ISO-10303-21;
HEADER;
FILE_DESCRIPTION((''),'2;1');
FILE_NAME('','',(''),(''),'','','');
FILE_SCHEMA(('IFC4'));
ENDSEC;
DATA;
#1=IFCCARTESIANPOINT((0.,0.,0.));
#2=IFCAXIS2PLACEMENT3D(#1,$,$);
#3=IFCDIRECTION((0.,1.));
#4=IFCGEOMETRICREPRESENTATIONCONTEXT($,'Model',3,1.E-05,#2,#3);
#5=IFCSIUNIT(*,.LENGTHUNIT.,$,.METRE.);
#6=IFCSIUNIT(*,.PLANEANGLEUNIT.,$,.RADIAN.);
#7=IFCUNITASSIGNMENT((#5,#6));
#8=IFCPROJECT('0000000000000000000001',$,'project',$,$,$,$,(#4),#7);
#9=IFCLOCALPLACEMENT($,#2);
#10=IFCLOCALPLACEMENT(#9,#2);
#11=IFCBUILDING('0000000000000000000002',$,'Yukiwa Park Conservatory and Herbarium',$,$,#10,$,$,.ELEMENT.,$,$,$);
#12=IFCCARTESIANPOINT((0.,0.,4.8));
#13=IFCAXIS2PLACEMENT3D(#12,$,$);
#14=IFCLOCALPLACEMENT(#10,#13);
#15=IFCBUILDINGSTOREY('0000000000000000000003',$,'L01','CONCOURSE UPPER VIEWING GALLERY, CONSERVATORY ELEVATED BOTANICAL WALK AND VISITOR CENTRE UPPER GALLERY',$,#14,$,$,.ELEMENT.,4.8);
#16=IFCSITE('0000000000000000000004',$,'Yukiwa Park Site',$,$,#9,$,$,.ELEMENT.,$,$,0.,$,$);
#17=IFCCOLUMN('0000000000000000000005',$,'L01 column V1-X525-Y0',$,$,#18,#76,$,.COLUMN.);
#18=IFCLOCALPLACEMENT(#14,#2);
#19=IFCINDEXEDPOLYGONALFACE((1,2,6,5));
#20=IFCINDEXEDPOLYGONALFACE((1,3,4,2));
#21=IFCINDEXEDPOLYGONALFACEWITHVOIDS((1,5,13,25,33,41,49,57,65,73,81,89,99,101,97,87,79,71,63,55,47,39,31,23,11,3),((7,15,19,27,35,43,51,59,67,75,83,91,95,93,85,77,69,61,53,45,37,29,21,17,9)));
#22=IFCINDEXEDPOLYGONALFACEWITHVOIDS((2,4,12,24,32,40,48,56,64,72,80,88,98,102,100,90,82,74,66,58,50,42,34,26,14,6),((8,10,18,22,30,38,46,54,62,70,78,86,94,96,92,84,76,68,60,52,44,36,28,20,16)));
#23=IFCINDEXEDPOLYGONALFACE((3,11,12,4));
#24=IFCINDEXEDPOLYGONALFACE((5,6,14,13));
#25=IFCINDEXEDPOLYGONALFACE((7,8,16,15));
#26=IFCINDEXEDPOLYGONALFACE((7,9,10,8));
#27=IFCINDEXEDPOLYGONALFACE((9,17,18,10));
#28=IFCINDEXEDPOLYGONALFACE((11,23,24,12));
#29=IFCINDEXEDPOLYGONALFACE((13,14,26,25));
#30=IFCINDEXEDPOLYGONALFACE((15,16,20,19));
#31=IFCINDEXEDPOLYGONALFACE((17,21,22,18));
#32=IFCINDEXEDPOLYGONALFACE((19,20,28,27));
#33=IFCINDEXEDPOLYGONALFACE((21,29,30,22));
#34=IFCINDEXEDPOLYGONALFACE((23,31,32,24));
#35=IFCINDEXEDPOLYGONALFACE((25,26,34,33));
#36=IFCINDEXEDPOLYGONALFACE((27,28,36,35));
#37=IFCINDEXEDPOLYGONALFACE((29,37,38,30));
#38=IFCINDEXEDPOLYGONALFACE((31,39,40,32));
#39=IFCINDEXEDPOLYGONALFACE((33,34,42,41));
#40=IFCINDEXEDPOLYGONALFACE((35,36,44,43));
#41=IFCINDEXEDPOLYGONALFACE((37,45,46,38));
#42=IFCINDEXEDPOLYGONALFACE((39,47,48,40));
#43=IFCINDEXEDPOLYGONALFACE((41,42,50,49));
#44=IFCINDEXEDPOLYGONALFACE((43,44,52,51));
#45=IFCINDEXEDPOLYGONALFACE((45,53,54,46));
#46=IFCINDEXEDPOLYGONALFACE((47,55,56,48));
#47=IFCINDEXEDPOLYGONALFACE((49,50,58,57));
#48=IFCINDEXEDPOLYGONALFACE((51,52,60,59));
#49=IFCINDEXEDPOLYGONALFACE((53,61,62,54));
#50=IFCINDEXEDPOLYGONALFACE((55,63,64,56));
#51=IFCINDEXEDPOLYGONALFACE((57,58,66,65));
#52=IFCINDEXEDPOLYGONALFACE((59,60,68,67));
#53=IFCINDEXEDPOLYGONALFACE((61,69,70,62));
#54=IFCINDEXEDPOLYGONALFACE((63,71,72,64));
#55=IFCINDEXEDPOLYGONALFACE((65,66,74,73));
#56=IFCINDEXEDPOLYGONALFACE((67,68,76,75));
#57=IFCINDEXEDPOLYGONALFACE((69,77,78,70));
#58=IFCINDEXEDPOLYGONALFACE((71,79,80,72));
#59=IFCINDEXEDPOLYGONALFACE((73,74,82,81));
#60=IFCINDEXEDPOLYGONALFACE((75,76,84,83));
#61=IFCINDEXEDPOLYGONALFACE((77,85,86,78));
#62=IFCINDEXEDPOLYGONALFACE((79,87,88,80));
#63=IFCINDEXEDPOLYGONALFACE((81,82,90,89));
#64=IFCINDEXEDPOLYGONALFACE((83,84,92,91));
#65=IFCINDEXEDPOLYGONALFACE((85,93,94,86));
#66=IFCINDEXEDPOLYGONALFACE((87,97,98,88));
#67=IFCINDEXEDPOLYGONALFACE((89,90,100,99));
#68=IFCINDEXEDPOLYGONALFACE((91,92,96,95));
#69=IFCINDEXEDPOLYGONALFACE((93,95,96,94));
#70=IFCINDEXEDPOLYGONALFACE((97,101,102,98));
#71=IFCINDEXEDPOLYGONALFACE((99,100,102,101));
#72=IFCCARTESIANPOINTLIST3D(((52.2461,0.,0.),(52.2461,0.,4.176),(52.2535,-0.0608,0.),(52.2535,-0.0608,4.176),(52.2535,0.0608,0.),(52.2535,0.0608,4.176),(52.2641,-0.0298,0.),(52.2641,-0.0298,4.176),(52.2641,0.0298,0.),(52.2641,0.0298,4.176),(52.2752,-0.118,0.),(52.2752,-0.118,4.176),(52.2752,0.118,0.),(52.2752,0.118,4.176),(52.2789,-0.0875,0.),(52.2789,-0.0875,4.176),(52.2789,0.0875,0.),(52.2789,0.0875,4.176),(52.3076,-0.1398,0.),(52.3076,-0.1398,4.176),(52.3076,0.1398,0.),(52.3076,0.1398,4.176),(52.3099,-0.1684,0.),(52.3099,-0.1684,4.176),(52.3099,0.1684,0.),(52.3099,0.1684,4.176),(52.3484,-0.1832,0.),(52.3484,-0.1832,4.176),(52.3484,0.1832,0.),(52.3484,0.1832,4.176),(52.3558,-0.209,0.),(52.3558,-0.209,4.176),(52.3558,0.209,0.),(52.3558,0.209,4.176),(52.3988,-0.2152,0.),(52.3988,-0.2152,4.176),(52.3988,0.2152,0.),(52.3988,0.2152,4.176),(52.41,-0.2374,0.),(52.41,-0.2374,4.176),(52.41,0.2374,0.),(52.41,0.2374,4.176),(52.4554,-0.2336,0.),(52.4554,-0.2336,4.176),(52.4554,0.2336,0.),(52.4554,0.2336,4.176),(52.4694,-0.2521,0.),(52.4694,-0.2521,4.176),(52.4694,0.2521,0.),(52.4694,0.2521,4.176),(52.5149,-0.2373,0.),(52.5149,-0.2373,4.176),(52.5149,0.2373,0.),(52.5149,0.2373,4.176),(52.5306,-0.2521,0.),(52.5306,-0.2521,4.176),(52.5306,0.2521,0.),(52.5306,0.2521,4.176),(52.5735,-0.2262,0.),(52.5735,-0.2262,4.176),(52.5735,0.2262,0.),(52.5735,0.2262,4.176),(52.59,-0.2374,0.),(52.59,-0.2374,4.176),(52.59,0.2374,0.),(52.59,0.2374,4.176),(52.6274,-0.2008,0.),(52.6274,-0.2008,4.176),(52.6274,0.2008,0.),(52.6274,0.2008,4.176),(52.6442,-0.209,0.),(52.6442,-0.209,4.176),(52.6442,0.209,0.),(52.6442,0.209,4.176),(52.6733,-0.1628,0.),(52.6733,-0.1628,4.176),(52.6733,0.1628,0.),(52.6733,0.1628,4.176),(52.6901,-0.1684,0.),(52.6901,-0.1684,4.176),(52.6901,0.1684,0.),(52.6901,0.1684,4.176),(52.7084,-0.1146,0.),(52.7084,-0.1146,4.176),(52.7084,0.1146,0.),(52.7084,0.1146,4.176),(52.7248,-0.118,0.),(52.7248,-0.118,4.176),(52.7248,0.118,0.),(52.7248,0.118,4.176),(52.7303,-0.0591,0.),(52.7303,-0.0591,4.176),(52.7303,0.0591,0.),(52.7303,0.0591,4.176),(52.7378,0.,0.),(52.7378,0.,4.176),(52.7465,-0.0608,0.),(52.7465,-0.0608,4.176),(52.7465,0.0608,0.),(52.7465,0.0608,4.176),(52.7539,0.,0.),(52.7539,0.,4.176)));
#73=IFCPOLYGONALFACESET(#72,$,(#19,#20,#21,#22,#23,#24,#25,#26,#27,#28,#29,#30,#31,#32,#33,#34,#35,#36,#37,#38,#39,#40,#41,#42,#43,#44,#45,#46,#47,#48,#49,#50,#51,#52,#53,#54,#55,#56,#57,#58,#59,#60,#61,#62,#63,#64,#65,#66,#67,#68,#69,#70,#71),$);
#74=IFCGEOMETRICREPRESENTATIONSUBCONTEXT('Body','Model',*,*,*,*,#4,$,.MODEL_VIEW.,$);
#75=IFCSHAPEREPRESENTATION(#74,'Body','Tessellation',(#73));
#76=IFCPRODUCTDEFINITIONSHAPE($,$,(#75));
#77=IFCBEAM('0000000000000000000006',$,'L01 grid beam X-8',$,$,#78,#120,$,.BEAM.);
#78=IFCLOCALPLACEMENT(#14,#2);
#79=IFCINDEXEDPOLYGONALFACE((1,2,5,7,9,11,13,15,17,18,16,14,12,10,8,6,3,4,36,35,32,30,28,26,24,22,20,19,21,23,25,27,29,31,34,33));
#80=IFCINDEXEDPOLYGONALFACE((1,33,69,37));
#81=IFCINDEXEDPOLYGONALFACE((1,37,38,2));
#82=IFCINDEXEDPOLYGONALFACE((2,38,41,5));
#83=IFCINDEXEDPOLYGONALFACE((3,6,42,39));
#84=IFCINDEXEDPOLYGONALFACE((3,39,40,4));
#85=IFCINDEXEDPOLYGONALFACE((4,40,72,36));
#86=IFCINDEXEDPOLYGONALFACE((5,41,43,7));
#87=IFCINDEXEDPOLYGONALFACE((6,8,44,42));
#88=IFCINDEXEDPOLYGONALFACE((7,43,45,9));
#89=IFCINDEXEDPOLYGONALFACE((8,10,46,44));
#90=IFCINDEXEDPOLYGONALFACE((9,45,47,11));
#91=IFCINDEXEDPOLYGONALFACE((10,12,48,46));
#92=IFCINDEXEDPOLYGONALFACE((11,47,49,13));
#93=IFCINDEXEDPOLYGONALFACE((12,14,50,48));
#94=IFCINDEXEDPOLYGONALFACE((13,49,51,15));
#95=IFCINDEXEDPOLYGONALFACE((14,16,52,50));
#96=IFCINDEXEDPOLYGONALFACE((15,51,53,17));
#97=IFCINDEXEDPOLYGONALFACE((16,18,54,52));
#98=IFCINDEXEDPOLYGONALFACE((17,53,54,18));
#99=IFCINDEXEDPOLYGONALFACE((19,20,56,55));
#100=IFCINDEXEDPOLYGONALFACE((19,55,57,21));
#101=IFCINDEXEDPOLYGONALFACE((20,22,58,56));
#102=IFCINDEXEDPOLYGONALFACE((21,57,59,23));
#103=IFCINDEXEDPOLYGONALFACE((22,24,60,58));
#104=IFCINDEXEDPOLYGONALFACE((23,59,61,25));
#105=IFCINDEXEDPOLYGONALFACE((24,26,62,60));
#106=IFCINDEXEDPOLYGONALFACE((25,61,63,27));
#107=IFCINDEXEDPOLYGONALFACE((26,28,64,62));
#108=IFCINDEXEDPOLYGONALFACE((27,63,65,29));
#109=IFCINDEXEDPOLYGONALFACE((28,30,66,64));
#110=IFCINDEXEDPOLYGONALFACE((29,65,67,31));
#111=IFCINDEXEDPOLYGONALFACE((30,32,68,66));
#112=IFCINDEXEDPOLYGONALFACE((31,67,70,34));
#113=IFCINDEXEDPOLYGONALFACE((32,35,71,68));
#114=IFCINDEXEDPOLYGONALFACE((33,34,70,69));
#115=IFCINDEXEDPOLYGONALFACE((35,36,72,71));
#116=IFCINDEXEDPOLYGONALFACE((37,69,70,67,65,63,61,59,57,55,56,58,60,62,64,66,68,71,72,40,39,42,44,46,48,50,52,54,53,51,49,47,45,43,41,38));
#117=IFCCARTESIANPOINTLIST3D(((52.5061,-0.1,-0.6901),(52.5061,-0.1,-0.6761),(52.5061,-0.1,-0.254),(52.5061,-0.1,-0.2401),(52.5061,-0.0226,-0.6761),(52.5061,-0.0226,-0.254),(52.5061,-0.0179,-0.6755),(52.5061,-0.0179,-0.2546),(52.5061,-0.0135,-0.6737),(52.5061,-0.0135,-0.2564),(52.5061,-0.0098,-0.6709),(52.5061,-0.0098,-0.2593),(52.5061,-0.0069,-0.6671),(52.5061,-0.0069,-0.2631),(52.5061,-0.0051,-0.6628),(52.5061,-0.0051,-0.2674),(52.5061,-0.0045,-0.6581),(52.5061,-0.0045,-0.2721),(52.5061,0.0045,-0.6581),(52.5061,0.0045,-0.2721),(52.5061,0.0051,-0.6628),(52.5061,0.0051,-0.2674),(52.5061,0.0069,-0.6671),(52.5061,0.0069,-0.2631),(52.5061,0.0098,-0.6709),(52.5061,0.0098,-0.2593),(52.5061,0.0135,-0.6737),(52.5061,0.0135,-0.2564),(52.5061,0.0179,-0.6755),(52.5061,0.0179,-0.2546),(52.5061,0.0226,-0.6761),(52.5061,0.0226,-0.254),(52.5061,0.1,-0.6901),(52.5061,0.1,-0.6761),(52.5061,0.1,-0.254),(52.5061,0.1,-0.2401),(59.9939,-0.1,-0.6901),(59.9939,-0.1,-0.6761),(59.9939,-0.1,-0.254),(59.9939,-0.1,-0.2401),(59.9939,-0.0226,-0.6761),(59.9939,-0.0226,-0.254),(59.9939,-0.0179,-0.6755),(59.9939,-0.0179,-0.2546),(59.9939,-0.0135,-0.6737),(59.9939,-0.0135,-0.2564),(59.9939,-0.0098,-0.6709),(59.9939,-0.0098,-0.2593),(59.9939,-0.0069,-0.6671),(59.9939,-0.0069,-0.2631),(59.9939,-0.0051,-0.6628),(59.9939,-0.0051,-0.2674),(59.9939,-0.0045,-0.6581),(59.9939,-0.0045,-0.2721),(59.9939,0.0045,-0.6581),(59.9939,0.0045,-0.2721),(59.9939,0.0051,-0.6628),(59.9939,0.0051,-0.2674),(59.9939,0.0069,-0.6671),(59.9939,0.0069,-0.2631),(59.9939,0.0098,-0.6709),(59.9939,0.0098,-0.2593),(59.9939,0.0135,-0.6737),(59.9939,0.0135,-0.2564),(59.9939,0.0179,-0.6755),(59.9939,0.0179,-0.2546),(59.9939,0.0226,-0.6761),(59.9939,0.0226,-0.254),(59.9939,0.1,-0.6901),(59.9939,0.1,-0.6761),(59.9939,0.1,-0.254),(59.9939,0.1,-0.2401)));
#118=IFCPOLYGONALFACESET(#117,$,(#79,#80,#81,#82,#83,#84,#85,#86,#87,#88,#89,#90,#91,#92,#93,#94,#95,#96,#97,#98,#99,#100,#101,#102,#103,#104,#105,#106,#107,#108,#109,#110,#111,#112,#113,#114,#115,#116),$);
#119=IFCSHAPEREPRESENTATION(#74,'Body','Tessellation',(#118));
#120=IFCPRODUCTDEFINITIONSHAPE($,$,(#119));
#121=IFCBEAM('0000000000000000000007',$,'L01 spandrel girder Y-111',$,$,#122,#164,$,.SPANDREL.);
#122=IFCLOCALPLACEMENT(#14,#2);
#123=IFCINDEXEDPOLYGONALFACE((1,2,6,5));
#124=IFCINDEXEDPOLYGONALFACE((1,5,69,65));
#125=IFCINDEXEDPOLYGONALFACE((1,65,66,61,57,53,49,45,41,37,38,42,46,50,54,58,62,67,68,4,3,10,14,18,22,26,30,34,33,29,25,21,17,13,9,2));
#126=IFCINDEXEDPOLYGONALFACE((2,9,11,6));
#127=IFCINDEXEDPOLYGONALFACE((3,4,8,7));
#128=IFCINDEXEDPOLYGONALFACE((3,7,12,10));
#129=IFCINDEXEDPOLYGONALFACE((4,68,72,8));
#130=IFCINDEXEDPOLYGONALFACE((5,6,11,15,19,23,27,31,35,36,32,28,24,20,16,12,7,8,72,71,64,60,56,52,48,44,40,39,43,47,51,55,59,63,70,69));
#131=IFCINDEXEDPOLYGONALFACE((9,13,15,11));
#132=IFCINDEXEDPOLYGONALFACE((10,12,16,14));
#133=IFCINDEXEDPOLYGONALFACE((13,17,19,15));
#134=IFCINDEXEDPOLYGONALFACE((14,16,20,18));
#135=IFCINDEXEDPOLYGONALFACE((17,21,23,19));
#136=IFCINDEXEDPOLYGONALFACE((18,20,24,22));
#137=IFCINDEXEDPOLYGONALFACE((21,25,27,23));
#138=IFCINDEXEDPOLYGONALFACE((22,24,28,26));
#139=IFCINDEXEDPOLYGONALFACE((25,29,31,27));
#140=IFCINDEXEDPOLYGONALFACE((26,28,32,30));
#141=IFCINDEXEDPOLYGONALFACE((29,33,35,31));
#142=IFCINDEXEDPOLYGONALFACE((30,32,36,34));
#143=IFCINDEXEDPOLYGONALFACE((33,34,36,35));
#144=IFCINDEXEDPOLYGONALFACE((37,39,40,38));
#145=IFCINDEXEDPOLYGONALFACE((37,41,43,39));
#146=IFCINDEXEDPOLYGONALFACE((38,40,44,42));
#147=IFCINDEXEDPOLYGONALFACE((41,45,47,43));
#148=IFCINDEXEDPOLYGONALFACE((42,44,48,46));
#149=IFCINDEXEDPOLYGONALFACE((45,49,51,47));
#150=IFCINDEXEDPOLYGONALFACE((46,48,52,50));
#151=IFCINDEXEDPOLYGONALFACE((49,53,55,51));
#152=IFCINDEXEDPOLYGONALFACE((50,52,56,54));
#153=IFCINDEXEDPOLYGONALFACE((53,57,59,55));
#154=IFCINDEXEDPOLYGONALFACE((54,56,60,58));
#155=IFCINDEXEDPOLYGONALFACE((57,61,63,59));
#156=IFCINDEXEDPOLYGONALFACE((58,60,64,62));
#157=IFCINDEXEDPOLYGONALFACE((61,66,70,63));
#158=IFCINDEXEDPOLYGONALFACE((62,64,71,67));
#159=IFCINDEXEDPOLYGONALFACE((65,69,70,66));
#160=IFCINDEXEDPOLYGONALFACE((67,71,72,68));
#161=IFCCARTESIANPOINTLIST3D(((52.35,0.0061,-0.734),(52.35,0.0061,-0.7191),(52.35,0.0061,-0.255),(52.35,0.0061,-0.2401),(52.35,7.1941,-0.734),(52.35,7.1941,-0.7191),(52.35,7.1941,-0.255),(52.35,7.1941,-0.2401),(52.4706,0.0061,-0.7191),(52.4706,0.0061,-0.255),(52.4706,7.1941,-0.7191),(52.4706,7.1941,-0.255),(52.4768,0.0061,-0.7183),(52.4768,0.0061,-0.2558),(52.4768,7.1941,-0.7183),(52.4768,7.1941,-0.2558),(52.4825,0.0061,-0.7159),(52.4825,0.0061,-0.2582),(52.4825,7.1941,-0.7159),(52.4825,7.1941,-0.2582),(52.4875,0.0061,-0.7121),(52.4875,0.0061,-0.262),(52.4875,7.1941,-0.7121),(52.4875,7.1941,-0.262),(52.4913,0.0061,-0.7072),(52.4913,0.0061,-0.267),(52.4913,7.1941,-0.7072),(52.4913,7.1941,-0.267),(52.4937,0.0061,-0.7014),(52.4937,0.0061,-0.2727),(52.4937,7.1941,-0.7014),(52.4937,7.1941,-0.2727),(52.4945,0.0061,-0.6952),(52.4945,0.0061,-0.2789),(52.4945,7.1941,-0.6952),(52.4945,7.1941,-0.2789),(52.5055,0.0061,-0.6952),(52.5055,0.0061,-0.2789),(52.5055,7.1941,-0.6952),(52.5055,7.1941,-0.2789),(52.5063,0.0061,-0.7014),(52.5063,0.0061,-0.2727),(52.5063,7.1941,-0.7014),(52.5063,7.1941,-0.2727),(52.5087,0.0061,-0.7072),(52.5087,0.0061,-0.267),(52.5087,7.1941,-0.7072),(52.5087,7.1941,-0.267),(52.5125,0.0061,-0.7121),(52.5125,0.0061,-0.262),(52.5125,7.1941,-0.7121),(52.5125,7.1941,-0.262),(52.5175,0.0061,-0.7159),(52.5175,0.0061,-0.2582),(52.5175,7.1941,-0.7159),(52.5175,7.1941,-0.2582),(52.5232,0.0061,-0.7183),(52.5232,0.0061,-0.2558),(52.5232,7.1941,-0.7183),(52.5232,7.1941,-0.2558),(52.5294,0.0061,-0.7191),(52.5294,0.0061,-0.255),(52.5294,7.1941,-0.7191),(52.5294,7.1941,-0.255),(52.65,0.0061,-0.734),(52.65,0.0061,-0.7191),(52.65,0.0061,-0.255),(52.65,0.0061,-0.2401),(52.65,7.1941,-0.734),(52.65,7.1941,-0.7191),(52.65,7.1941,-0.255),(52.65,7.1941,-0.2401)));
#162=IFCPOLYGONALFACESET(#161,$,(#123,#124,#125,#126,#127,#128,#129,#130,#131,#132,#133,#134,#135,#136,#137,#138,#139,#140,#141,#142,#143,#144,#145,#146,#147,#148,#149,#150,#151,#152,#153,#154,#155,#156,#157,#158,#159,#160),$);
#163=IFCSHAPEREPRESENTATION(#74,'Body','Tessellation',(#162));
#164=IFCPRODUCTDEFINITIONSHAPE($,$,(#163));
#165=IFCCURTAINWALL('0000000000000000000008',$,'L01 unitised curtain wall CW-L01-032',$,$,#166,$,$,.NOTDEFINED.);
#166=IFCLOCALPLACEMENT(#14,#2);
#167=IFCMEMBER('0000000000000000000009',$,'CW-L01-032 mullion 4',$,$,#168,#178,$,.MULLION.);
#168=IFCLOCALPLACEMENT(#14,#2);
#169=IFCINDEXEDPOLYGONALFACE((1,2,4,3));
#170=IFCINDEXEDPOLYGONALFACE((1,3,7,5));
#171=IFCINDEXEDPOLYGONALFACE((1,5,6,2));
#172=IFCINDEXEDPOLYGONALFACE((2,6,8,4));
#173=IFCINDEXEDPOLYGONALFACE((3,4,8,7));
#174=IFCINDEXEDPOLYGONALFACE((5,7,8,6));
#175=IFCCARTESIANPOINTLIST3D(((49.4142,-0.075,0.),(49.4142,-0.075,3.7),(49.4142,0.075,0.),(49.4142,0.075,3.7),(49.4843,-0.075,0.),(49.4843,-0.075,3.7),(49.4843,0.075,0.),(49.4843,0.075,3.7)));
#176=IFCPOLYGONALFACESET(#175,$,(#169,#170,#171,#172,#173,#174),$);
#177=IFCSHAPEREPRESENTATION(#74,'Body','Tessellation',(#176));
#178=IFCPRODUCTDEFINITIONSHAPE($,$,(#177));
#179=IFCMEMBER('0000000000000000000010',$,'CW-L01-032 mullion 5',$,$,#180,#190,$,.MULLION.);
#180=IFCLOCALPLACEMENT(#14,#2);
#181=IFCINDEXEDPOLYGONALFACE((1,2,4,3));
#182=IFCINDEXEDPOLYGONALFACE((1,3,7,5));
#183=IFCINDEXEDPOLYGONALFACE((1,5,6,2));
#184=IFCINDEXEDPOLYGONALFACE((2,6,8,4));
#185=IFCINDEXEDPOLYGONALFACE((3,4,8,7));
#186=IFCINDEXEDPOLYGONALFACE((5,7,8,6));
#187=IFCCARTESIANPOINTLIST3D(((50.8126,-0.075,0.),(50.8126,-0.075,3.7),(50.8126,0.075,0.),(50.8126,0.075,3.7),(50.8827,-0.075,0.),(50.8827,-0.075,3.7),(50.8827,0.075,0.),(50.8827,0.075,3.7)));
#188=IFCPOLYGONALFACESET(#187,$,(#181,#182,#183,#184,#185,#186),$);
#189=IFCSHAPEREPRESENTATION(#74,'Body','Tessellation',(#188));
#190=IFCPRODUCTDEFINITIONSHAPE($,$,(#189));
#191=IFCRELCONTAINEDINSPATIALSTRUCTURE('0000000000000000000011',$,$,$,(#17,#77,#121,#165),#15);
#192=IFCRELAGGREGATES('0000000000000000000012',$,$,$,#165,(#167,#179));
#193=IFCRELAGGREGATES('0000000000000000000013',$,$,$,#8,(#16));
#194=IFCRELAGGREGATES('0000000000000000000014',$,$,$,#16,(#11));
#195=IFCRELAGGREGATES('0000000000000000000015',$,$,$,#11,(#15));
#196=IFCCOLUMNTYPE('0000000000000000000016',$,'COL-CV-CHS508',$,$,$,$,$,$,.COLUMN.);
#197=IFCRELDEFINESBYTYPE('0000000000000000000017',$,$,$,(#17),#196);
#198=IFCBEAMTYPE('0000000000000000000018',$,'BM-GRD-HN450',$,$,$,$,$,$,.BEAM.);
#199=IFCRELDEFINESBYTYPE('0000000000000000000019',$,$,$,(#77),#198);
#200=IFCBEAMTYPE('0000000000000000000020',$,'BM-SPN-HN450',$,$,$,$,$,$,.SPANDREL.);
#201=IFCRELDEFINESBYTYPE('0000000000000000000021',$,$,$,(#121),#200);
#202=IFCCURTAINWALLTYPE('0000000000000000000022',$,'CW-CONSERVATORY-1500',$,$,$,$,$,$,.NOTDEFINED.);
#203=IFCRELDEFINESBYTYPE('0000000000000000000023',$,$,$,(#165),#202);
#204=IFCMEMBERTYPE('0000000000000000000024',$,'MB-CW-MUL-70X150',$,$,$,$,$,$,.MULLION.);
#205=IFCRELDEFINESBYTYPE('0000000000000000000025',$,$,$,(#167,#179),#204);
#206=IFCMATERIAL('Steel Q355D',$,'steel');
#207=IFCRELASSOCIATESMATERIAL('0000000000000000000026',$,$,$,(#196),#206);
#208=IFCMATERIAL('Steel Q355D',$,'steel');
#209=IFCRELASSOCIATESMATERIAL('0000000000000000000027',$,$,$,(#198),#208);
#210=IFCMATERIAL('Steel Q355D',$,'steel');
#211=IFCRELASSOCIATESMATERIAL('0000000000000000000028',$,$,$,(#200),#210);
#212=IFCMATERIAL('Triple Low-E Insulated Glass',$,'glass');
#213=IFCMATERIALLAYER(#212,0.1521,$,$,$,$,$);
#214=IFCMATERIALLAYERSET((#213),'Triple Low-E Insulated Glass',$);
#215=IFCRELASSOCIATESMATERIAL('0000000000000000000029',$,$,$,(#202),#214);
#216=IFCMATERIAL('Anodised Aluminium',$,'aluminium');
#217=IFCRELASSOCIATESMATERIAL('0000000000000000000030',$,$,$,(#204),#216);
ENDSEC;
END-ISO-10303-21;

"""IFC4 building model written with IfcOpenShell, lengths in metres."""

from ifc_helpers import new_model, si_unit, direction, frame, origin, origin_2d, place, context, subcontext, project, spatial, rectangle, hollow_circle, i_section, extrude, material, layer, layer_set, material_profile, profile_set, type_object, element, aggregate, save


model = new_model("IFC4")

# Units and contexts
model_context = context("Model", 3, precision=1e-05, world=origin(), true_north=direction((0.0, 1.0)))
body_context = subcontext(model_context, "Body", "Model", "MODEL_VIEW")
ifc_project = project(units=[si_unit("LENGTHUNIT", "METRE"), si_unit("PLANEANGLEUNIT", "RADIAN")], contexts=[model_context])

# Site, building, storey
site_placement = place(None, origin())
site = spatial("IfcSite", under=ifc_project, at=site_placement, Name="Yukiwa Park Site", CompositionType="ELEMENT", RefElevation=0.0)
building_placement = place(site_placement, origin())
building = spatial("IfcBuilding", under=site, at=building_placement, Name="Yukiwa Park Conservatory and Herbarium", CompositionType="ELEMENT")
storey_placement = place(building_placement, frame((0.0, 0.0, 4.8)))
storey = spatial("IfcBuildingStorey", under=building, at=storey_placement, Name="L01", Description="CONCOURSE UPPER VIEWING GALLERY, CONSERVATORY ELEVATED BOTANICAL WALK AND VISITOR CENTRE UPPER GALLERY", CompositionType="ELEMENT", Elevation=4.8)

# Column
ifc_material_1 = material(Name="Steel Q355D", Category="steel")
ifc_material_profile_1 = material_profile(ifc_material_1, hollow_circle(Radius=0.2539, WallThickness=0.0161, at=origin_2d()), Name="CHS 508x16")
ifc_profile_set_1 = profile_set([ifc_material_profile_1], Name="Steel Q355D")
column_type = type_object("IfcColumnType", Name="COL-CV-CHS508", PredefinedType="COLUMN", material=ifc_profile_set_1)
column_placement = place(storey_placement, frame((52.5, 0.0, 0.0), z_axis=(0.0, 0.0, 1.0), x_axis=(1.0, 0.0, 0.0)))
element("IfcColumn", 1, at=column_placement, inside=storey, type_object=column_type, Name="L01 column V1-X525-Y0", PredefinedType="COLUMN", context=body_context, shape_type="SweptSolid", body=[
    extrude(hollow_circle(Radius=0.2539, WallThickness=0.0161, at=origin_2d()), origin(), (0.0, 0.0, 1.0), 4.176),
])

# Beams
ifc_material_2 = material(Name="Steel Q355D", Category="steel")
ifc_material_profile_2 = material_profile(ifc_material_2, i_section(OverallWidth=0.2, OverallDepth=0.45, WebThickness=0.009, FlangeThickness=0.0139, FilletRadius=0.0181, at=origin_2d()), Name="HN 450x200x9x14")
ifc_profile_set_2 = profile_set([ifc_material_profile_2], Name="Steel Q355D")
beam_type_1 = type_object("IfcBeamType", Name="BM-GRD-HN450", PredefinedType="BEAM", material=ifc_profile_set_2)
beam_1_placement = place(storey_placement, frame((52.5061, 0.0, -0.4651), z_axis=(1.0, 0.0, 0.0), x_axis=(0.0, 1.0, 0.0)))
element("IfcBeam", 2, at=beam_1_placement, inside=storey, type_object=beam_type_1, Name="L01 grid beam X-8", PredefinedType="BEAM", context=body_context, shape_type="SweptSolid", body=[
    extrude(i_section(OverallWidth=0.2, OverallDepth=0.45, WebThickness=0.009, FlangeThickness=0.0139, FilletRadius=0.0181, at=origin_2d()), origin(), (0.0, 0.0, 1.0), 7.4878),
])
ifc_material_3 = material(Name="Steel Q355D", Category="steel")
ifc_material_profile_3 = material_profile(ifc_material_3, i_section(OverallWidth=0.3, OverallDepth=0.4939, WebThickness=0.011, FlangeThickness=0.0149, FilletRadius=0.0239, at=origin_2d()), Name="HM 494x300x11x15")
ifc_profile_set_3 = profile_set([ifc_material_profile_3], Name="Steel Q355D")
beam_type_2 = type_object("IfcBeamType", Name="BM-SPN-HN450", PredefinedType="SPANDREL", material=ifc_profile_set_3)
beam_2_placement = place(storey_placement, frame((52.5, 0.0061, -0.4871), z_axis=(0.0, 1.0, 0.0), x_axis=(-1.0, 0.0, 0.0)))
element("IfcBeam", 3, at=beam_2_placement, inside=storey, type_object=beam_type_2, Name="L01 spandrel girder Y-111", PredefinedType="SPANDREL", context=body_context, shape_type="SweptSolid", body=[
    extrude(i_section(OverallWidth=0.3, OverallDepth=0.4939, WebThickness=0.011, FlangeThickness=0.0149, FilletRadius=0.0239, at=origin_2d()), origin(), (0.0, 0.0, 1.0), 7.188),
])

# Curtain wall, members
ifc_material_4 = material(Name="Triple Low-E Insulated Glass", Category="glass")
ifc_layer_1 = layer(ifc_material_4, 0.1521)
ifc_layer_set_1 = layer_set([ifc_layer_1], Name="Triple Low-E Insulated Glass")
curtain_wall_type = type_object("IfcCurtainWallType", Name="CW-CONSERVATORY-1500", PredefinedType="NOTDEFINED", material=ifc_layer_set_1)
curtain_wall_1_placement = place(storey_placement, origin())
curtain_wall_1 = element("IfcCurtainWall", 4, at=curtain_wall_1_placement, inside=storey, type_object=curtain_wall_type, Name="L01 unitised curtain wall CW-L01-032", PredefinedType="NOTDEFINED")
ifc_material_5 = material(Name="Anodised Aluminium", Category="aluminium")
member_type_1 = type_object("IfcMemberType", Name="MB-CW-MUL-70X150", PredefinedType="MULLION", material=ifc_material_5)
member_1_placement = place(storey_placement, frame((49.4492, 0.0, 0.0), z_axis=(0.0, 0.0, 1.0), x_axis=(1.0, 0.0, 0.0)))
member_1 = element("IfcMember", 5, at=member_1_placement, type_object=member_type_1, Name="CW-L01-032 mullion 4", PredefinedType="MULLION", context=body_context, shape_type="SweptSolid", body=[
    extrude(rectangle(XDim=0.0701, YDim=0.1499, at=origin_2d()), origin(), (0.0, 0.0, 1.0), 3.7),
])
member_2_placement = place(storey_placement, frame((50.8477, 0.0, 0.0), z_axis=(0.0, 0.0, 1.0), x_axis=(1.0, 0.0, 0.0)))
member_2 = element("IfcMember", 6, at=member_2_placement, type_object=member_type_1, Name="CW-L01-032 mullion 5", PredefinedType="MULLION", context=body_context, shape_type="SweptSolid", body=[
    extrude(rectangle(XDim=0.0701, YDim=0.1499, at=origin_2d()), origin(), (0.0, 0.0, 1.0), 3.7),
])

aggregate(curtain_wall_1, [member_1, member_2])

save(model, "model.ifc")
